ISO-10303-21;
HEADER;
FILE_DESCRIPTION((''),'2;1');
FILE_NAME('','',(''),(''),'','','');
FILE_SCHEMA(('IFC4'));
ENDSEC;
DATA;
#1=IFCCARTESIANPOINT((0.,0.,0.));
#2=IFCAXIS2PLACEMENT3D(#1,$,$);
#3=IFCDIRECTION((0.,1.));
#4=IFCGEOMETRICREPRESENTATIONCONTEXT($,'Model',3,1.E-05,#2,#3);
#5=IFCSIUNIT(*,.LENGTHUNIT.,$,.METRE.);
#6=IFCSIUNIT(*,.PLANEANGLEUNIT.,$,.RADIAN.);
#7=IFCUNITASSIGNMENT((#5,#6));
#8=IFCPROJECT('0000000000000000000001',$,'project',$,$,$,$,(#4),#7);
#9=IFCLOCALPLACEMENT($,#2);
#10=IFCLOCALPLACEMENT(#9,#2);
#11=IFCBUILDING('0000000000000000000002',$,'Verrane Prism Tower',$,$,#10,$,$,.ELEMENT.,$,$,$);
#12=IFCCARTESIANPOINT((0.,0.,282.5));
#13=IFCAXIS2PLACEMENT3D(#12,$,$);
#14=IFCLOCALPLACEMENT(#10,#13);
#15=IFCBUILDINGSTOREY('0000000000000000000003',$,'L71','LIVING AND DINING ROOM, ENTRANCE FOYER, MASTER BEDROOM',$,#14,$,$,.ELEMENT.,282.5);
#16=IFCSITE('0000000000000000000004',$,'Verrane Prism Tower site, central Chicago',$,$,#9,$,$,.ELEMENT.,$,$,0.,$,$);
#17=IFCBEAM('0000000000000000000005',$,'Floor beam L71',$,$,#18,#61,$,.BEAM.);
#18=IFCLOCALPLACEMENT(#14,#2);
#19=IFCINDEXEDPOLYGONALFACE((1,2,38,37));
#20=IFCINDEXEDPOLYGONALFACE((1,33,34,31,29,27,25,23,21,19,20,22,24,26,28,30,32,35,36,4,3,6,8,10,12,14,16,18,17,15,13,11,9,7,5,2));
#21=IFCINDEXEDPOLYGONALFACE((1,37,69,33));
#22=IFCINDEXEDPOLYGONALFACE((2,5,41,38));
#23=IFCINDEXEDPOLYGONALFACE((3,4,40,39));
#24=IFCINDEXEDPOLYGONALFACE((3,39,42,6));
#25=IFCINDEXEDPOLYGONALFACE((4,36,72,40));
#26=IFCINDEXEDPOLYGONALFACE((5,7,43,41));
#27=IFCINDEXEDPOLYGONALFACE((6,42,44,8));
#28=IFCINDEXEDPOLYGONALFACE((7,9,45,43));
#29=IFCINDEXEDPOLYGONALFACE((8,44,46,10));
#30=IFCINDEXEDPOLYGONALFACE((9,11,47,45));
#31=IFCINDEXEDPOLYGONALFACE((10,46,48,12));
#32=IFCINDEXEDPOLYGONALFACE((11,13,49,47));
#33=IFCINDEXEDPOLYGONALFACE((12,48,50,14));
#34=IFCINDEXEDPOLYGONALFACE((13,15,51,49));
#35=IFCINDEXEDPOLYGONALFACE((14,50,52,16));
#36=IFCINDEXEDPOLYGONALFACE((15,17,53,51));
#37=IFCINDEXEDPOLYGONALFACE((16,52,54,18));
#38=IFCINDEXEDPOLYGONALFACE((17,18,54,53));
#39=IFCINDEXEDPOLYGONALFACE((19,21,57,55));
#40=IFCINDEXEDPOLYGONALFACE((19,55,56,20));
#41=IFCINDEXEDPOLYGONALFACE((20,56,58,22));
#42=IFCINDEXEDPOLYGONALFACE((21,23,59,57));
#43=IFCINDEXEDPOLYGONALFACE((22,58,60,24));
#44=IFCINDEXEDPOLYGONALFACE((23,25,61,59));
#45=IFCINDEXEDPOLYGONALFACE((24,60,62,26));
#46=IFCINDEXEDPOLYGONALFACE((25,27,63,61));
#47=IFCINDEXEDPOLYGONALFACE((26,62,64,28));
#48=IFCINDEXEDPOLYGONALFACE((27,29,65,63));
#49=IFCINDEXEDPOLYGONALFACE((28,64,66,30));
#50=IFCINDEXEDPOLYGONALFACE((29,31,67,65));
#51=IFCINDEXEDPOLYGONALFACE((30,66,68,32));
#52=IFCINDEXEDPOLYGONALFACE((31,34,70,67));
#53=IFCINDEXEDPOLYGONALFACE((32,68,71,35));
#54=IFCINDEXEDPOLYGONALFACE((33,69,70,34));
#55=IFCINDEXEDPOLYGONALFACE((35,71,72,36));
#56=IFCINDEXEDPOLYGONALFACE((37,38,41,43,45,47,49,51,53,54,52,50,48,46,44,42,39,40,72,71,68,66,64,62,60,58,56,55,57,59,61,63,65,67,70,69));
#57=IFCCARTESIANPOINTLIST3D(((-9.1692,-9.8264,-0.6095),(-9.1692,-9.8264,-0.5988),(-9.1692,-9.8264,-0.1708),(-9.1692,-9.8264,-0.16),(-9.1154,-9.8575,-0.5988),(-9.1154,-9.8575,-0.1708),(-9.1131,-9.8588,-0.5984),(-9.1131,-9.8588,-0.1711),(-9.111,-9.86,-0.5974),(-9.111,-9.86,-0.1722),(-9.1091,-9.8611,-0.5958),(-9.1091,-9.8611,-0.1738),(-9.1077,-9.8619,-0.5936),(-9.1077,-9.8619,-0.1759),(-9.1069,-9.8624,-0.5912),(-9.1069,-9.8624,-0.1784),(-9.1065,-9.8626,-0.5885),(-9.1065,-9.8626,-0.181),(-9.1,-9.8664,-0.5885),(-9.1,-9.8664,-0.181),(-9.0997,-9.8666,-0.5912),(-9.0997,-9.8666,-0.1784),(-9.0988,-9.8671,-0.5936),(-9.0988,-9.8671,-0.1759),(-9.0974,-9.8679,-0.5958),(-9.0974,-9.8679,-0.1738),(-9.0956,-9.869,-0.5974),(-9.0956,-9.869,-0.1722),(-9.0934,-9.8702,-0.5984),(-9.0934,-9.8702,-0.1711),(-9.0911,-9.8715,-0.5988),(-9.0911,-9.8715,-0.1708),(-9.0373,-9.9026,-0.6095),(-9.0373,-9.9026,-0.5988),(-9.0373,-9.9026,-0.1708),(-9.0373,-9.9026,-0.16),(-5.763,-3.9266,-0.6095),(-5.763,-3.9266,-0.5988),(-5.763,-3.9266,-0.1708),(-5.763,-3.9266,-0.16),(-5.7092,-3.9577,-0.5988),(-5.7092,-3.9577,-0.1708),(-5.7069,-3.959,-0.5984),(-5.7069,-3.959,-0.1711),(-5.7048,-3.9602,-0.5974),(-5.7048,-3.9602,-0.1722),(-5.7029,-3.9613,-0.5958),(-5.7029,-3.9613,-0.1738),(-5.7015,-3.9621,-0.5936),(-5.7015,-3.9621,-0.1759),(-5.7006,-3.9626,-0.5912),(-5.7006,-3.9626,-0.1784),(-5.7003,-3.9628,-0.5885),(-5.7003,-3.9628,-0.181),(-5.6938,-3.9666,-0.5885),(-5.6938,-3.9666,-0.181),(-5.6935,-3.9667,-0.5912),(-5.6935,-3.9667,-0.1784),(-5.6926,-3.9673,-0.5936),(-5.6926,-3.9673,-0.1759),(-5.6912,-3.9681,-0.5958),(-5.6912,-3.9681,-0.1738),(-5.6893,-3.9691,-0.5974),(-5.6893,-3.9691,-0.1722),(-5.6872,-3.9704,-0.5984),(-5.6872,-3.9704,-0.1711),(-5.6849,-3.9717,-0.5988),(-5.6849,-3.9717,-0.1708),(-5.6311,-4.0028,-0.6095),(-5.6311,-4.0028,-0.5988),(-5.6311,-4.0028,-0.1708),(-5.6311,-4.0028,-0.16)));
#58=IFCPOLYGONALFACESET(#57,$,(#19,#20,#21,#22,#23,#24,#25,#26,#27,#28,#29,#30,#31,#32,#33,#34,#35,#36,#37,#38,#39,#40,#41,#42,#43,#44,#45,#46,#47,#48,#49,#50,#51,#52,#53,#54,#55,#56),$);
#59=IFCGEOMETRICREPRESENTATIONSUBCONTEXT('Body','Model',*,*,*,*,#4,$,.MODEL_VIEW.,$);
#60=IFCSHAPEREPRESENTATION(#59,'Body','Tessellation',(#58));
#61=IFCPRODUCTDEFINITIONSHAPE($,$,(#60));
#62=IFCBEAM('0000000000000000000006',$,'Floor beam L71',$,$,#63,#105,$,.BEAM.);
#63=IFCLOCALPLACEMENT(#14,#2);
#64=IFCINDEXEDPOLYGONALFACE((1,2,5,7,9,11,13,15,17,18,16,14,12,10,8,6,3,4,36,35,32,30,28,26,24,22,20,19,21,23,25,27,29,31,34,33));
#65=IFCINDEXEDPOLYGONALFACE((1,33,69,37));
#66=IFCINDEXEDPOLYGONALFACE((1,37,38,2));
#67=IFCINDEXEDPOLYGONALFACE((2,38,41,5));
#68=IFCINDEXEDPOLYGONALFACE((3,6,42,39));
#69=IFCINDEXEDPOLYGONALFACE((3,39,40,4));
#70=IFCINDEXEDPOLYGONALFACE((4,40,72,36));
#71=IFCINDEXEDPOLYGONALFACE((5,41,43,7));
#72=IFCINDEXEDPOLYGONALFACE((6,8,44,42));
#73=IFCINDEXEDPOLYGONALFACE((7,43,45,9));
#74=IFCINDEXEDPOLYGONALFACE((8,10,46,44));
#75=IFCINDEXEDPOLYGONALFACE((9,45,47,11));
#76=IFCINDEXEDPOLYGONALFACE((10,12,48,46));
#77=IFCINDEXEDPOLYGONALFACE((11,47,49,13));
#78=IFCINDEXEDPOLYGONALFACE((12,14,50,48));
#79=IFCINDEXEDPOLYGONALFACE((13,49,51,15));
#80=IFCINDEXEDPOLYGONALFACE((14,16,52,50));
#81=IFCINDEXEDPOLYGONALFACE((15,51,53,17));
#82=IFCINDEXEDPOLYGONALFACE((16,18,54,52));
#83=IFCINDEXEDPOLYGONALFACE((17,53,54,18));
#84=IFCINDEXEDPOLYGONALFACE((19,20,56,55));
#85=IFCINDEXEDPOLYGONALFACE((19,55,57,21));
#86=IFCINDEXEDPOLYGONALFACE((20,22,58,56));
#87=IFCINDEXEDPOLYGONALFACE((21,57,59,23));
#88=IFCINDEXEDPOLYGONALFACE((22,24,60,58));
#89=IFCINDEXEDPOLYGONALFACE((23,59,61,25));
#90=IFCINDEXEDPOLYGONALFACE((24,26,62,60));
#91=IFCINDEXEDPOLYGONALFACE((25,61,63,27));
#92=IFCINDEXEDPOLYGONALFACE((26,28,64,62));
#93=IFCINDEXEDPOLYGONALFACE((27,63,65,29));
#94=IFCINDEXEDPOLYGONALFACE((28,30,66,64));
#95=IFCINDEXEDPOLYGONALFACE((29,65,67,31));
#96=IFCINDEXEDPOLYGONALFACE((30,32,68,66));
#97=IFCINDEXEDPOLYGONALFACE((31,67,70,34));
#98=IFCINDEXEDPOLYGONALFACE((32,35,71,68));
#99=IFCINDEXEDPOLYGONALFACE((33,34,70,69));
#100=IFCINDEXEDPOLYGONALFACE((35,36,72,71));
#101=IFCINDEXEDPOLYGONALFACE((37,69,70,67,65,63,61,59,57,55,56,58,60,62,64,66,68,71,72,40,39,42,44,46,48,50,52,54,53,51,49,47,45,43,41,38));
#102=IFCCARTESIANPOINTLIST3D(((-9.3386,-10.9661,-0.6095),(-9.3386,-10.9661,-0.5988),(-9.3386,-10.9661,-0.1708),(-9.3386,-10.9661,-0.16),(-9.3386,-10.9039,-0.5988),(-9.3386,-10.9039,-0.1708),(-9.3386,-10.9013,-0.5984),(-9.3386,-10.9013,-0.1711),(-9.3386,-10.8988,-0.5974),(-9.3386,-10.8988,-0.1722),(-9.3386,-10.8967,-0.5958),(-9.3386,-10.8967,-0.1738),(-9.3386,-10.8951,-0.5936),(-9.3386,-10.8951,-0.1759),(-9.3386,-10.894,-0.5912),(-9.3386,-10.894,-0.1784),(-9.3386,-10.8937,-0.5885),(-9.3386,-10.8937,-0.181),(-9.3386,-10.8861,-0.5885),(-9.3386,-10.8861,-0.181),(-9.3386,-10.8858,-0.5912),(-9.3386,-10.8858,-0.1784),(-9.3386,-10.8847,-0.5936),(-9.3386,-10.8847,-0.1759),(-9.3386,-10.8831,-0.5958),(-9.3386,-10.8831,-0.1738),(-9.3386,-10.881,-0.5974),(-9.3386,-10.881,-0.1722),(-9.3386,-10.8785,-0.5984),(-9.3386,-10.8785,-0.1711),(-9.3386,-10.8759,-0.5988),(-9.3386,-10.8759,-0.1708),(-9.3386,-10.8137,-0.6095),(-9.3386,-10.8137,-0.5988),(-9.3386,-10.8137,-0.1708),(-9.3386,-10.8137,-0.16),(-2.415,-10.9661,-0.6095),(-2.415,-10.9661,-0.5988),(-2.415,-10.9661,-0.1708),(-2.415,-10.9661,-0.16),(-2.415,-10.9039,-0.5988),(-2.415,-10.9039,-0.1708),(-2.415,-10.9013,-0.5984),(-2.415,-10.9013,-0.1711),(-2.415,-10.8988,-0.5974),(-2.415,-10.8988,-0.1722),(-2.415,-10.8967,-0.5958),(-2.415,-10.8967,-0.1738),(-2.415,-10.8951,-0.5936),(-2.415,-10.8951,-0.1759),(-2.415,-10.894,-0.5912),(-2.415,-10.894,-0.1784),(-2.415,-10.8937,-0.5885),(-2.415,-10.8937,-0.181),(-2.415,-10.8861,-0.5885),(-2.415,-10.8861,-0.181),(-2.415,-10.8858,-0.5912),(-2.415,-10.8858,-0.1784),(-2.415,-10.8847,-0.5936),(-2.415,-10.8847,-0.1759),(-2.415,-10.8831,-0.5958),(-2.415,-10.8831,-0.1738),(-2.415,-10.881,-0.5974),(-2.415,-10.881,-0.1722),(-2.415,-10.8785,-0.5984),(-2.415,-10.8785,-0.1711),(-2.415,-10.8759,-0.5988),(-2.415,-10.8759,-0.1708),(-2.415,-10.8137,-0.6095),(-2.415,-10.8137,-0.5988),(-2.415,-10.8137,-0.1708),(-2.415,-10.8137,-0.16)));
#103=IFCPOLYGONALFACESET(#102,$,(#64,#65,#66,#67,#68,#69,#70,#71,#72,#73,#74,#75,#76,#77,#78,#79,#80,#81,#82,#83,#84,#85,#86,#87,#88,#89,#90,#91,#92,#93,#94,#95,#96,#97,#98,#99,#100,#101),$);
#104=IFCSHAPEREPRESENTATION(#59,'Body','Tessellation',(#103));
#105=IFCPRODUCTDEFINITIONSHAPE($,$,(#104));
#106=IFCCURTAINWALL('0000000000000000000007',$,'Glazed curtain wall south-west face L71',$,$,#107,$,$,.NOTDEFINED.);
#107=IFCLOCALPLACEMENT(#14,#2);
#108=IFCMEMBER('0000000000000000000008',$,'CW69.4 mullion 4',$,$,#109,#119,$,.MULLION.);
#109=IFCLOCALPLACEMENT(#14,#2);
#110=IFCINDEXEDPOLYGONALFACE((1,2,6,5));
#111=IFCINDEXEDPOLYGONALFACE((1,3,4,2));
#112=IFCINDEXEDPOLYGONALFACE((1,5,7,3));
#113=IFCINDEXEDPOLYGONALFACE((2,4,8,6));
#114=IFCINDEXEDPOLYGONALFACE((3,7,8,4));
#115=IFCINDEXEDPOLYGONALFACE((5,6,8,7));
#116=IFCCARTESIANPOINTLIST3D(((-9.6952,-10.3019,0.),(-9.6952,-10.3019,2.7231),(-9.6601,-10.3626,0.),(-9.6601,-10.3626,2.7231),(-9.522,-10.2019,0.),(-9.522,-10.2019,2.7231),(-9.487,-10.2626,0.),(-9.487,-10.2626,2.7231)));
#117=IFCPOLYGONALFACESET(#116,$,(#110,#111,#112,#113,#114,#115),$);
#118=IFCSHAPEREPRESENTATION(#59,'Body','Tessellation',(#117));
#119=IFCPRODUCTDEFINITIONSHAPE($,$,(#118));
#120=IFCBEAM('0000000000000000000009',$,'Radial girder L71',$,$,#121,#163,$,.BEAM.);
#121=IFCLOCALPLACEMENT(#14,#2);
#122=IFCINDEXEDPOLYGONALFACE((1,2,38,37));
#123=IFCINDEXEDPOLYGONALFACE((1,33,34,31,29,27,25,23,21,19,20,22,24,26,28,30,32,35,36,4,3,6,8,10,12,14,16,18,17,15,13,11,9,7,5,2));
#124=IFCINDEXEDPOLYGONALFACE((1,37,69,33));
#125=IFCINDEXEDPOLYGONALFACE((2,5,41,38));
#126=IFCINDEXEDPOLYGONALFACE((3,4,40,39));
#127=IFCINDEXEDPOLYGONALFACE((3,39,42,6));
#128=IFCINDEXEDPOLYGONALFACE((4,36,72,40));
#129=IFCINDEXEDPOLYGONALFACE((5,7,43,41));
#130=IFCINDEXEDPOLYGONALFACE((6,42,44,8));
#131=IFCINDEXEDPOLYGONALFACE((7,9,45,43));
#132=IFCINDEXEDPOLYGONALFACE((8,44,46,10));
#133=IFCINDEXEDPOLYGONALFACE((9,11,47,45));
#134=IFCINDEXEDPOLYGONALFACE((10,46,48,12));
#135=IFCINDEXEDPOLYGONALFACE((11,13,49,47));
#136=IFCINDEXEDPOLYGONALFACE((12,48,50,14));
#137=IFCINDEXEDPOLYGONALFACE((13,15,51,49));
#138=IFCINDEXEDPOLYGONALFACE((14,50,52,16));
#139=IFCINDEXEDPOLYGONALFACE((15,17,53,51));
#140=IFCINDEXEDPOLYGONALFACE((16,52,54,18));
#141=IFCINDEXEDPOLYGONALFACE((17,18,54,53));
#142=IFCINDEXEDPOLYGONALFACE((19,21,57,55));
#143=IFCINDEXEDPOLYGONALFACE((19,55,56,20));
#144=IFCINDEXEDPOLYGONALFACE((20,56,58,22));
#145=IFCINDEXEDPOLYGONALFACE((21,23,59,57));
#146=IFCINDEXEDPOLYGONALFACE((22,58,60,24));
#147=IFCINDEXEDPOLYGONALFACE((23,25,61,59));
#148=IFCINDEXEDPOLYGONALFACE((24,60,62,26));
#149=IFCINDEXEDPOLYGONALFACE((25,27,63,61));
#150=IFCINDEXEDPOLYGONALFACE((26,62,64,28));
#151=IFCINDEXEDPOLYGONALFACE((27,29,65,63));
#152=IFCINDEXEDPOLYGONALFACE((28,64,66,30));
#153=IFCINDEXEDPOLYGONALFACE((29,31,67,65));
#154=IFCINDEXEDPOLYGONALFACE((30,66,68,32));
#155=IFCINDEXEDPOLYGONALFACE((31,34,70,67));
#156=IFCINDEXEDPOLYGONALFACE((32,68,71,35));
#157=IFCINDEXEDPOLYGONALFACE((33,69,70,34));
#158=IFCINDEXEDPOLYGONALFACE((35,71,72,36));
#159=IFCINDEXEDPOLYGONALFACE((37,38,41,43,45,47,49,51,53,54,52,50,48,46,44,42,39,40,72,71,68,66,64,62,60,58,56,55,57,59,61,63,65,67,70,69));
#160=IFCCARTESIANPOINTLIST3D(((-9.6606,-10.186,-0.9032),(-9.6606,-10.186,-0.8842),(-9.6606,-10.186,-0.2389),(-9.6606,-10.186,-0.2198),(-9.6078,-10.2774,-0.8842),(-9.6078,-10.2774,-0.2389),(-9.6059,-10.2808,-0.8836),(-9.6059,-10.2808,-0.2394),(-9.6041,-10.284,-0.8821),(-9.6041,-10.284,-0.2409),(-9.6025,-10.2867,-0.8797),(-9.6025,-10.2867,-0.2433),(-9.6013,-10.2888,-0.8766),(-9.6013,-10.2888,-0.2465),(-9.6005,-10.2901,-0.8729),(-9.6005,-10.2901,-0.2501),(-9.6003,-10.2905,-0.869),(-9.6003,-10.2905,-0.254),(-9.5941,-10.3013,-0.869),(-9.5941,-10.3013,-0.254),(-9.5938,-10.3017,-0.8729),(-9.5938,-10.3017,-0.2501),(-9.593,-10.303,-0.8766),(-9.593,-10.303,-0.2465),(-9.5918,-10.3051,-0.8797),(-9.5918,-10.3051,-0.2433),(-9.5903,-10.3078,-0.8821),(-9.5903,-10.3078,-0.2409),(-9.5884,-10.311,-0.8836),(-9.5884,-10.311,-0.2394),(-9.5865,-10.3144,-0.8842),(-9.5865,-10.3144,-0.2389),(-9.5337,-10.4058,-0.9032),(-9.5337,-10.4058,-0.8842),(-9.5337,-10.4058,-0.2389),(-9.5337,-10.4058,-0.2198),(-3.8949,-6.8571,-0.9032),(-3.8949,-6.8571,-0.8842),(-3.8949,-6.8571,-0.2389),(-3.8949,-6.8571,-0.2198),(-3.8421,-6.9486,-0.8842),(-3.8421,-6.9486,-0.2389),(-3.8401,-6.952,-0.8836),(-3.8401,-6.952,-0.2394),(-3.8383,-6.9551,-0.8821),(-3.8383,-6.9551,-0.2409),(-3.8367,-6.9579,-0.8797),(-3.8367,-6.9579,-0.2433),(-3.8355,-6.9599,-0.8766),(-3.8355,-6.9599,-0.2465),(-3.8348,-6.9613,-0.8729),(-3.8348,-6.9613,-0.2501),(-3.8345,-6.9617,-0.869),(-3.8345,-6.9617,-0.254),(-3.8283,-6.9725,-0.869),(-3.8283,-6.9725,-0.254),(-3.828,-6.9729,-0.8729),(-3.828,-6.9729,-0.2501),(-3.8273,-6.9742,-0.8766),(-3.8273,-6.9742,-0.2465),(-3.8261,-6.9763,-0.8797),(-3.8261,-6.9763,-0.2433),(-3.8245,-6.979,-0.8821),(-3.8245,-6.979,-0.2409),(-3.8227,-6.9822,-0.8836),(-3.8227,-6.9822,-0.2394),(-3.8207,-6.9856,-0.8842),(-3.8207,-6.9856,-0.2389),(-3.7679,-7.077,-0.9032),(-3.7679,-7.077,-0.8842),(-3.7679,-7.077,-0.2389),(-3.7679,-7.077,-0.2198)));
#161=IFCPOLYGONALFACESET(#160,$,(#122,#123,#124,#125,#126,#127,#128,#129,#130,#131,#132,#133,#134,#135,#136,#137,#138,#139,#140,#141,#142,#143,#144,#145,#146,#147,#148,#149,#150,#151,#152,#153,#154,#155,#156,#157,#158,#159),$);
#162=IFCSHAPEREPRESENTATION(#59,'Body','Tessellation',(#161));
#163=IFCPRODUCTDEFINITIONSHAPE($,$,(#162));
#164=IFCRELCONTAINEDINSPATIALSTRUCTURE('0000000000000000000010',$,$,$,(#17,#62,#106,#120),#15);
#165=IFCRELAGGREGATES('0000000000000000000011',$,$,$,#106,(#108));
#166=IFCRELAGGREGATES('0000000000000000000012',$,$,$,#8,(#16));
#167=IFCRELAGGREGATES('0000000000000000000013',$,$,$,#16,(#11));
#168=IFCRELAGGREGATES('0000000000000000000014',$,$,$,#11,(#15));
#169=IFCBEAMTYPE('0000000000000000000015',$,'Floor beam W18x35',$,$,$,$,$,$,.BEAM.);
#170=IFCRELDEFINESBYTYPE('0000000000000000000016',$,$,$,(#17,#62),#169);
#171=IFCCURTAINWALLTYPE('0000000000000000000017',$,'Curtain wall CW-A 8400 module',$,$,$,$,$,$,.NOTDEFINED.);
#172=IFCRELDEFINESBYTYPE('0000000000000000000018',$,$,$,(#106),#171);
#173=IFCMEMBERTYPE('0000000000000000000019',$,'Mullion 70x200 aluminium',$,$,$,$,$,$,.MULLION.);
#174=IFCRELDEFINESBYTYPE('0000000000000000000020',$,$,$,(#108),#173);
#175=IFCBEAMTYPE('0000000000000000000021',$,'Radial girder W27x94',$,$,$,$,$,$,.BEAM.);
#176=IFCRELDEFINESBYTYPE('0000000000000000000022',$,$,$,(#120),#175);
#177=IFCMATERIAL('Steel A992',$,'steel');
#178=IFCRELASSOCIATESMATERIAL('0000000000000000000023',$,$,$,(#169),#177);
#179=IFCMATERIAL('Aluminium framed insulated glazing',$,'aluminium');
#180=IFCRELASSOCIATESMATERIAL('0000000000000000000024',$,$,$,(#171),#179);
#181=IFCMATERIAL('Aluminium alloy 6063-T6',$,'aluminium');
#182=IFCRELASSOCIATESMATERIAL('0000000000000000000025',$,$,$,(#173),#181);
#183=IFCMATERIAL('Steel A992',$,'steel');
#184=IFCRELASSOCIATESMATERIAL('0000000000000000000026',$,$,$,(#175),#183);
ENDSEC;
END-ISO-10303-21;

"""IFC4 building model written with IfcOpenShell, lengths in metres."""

from ifc_helpers import new_model, si_unit, direction, frame, origin, origin_2d, place, context, subcontext, project, spatial, rectangle, i_section, extrude, material, material_profile, profile_set, type_object, element, aggregate, save


model = new_model("IFC4")

# Units and contexts
model_context = context("Model", 3, precision=1e-05, world=origin(), true_north=direction((0.0, 1.0)))
body_context = subcontext(model_context, "Body", "Model", "MODEL_VIEW")
ifc_project = project(units=[si_unit("LENGTHUNIT", "METRE"), si_unit("PLANEANGLEUNIT", "RADIAN")], contexts=[model_context])

# Site, building, storey
site_placement = place(None, origin())
site = spatial("IfcSite", under=ifc_project, at=site_placement, Name="Verrane Prism Tower site, central Chicago", CompositionType="ELEMENT", RefElevation=0.0)
building_placement = place(site_placement, origin())
building = spatial("IfcBuilding", under=site, at=building_placement, Name="Verrane Prism Tower", CompositionType="ELEMENT")
storey_placement = place(building_placement, frame((0.0, 0.0, 282.5)))
storey = spatial("IfcBuildingStorey", under=building, at=storey_placement, Name="L71", Description="LIVING AND DINING ROOM, ENTRANCE FOYER, MASTER BEDROOM", CompositionType="ELEMENT", Elevation=282.5)

# Beams
ifc_material_1 = material(Name="Steel A992", Category="steel")
ifc_material_profile_1 = material_profile(ifc_material_1, i_section(OverallWidth=0.1523, OverallDepth=0.4495, WebThickness=0.0076, FlangeThickness=0.0107, FilletRadius=0.0103, at=origin_2d()), Name="W18x35")
ifc_profile_set_1 = profile_set([ifc_material_profile_1], Name="Steel A992")
beam_type_1 = type_object("IfcBeamType", Name="Floor beam W18x35", PredefinedType="BEAM", material=ifc_profile_set_1)
beam_1_placement = place(storey_placement, frame((-9.1033, -9.8645, -0.3848), z_axis=(0.499993, 0.866029, 0.0), x_axis=(-0.866029, 0.499993, 0.0)))
element("IfcBeam", 1, at=beam_1_placement, inside=storey, type_object=beam_type_1, Name="Floor beam L71", PredefinedType="BEAM", context=body_context, shape_type="SweptSolid", body=[
    extrude(i_section(OverallWidth=0.1523, OverallDepth=0.4495, WebThickness=0.0076, FlangeThickness=0.0107, FilletRadius=0.0103, at=origin_2d()), origin(), (0.0, 0.0, 1.0), 6.8125),
])
beam_2_placement = place(storey_placement, frame((-9.3386, -10.8899, -0.3848), z_axis=(1.0, 0.0, 0.0), x_axis=(0.0, 1.0, 0.0)))
element("IfcBeam", 2, at=beam_2_placement, inside=storey, type_object=beam_type_1, Name="Floor beam L71", PredefinedType="BEAM", context=body_context, shape_type="SweptSolid", body=[
    extrude(i_section(OverallWidth=0.1523, OverallDepth=0.4495, WebThickness=0.0076, FlangeThickness=0.0107, FilletRadius=0.0103, at=origin_2d()), origin(), (0.0, 0.0, 1.0), 6.9236),
])

# Curtain wall, member
ifc_material_2 = material(Name="Aluminium framed insulated glazing", Category="aluminium")
curtain_wall_type = type_object("IfcCurtainWallType", Name="Curtain wall CW-A 8400 module", PredefinedType="NOTDEFINED", material=ifc_material_2)
curtain_wall_placement = place(storey_placement, origin())
curtain_wall = element("IfcCurtainWall", 3, at=curtain_wall_placement, inside=storey, type_object=curtain_wall_type, Name="Glazed curtain wall south-west face L71", PredefinedType="NOTDEFINED")
ifc_material_3 = material(Name="Aluminium alloy 6063-T6", Category="aluminium")
ifc_material_profile_2 = material_profile(ifc_material_3, rectangle(XDim=0.2, YDim=0.0701, at=origin_2d()), Name="Mullion 70x200 aluminium")
ifc_profile_set_2 = profile_set([ifc_material_profile_2], Name="Aluminium alloy 6063-T6")
member_type_1 = type_object("IfcMemberType", Name="Mullion 70x200 aluminium", PredefinedType="MULLION", material=ifc_profile_set_2)
member_1_placement = place(storey_placement, frame((-9.5911, -10.2822, 0.0), z_axis=(0.0, 0.0, 1.0), x_axis=(0.866025, 0.500001, 0.0)))
member_1 = element("IfcMember", 4, at=member_1_placement, type_object=member_type_1, Name="CW69.4 mullion 4", PredefinedType="MULLION", context=body_context, shape_type="SweptSolid", body=[
    extrude(rectangle(XDim=0.2, YDim=0.0701, at=origin_2d()), origin(), (0.0, 0.0, 1.0), 2.7231),
])

# Beam
ifc_material_4 = material(Name="Steel A992", Category="steel")
ifc_material_profile_3 = material_profile(ifc_material_4, i_section(OverallWidth=0.2539, OverallDepth=0.6833, WebThickness=0.0125, FlangeThickness=0.019, FilletRadius=0.0151, at=origin_2d()), Name="W27x94")
ifc_profile_set_3 = profile_set([ifc_material_profile_3], Name="Steel A992")
beam_type_2 = type_object("IfcBeamType", Name="Radial girder W27x94", PredefinedType="BEAM", material=ifc_profile_set_3)
beam_3_placement = place(storey_placement, frame((-9.5972, -10.2959, -0.5615), z_axis=(0.86603, 0.499992, 0.0), x_axis=(-0.499992, 0.86603, 0.0)))
element("IfcBeam", 5, at=beam_3_placement, inside=storey, type_object=beam_type_2, Name="Radial girder L71", PredefinedType="BEAM", context=body_context, shape_type="SweptSolid", body=[
    extrude(i_section(OverallWidth=0.2539, OverallDepth=0.6833, WebThickness=0.0125, FlangeThickness=0.019, FilletRadius=0.0151, at=origin_2d()), origin(), (0.0, 0.0, 1.0), 6.6577),
])

aggregate(curtain_wall, [member_1])

save(model, "model.ifc")
